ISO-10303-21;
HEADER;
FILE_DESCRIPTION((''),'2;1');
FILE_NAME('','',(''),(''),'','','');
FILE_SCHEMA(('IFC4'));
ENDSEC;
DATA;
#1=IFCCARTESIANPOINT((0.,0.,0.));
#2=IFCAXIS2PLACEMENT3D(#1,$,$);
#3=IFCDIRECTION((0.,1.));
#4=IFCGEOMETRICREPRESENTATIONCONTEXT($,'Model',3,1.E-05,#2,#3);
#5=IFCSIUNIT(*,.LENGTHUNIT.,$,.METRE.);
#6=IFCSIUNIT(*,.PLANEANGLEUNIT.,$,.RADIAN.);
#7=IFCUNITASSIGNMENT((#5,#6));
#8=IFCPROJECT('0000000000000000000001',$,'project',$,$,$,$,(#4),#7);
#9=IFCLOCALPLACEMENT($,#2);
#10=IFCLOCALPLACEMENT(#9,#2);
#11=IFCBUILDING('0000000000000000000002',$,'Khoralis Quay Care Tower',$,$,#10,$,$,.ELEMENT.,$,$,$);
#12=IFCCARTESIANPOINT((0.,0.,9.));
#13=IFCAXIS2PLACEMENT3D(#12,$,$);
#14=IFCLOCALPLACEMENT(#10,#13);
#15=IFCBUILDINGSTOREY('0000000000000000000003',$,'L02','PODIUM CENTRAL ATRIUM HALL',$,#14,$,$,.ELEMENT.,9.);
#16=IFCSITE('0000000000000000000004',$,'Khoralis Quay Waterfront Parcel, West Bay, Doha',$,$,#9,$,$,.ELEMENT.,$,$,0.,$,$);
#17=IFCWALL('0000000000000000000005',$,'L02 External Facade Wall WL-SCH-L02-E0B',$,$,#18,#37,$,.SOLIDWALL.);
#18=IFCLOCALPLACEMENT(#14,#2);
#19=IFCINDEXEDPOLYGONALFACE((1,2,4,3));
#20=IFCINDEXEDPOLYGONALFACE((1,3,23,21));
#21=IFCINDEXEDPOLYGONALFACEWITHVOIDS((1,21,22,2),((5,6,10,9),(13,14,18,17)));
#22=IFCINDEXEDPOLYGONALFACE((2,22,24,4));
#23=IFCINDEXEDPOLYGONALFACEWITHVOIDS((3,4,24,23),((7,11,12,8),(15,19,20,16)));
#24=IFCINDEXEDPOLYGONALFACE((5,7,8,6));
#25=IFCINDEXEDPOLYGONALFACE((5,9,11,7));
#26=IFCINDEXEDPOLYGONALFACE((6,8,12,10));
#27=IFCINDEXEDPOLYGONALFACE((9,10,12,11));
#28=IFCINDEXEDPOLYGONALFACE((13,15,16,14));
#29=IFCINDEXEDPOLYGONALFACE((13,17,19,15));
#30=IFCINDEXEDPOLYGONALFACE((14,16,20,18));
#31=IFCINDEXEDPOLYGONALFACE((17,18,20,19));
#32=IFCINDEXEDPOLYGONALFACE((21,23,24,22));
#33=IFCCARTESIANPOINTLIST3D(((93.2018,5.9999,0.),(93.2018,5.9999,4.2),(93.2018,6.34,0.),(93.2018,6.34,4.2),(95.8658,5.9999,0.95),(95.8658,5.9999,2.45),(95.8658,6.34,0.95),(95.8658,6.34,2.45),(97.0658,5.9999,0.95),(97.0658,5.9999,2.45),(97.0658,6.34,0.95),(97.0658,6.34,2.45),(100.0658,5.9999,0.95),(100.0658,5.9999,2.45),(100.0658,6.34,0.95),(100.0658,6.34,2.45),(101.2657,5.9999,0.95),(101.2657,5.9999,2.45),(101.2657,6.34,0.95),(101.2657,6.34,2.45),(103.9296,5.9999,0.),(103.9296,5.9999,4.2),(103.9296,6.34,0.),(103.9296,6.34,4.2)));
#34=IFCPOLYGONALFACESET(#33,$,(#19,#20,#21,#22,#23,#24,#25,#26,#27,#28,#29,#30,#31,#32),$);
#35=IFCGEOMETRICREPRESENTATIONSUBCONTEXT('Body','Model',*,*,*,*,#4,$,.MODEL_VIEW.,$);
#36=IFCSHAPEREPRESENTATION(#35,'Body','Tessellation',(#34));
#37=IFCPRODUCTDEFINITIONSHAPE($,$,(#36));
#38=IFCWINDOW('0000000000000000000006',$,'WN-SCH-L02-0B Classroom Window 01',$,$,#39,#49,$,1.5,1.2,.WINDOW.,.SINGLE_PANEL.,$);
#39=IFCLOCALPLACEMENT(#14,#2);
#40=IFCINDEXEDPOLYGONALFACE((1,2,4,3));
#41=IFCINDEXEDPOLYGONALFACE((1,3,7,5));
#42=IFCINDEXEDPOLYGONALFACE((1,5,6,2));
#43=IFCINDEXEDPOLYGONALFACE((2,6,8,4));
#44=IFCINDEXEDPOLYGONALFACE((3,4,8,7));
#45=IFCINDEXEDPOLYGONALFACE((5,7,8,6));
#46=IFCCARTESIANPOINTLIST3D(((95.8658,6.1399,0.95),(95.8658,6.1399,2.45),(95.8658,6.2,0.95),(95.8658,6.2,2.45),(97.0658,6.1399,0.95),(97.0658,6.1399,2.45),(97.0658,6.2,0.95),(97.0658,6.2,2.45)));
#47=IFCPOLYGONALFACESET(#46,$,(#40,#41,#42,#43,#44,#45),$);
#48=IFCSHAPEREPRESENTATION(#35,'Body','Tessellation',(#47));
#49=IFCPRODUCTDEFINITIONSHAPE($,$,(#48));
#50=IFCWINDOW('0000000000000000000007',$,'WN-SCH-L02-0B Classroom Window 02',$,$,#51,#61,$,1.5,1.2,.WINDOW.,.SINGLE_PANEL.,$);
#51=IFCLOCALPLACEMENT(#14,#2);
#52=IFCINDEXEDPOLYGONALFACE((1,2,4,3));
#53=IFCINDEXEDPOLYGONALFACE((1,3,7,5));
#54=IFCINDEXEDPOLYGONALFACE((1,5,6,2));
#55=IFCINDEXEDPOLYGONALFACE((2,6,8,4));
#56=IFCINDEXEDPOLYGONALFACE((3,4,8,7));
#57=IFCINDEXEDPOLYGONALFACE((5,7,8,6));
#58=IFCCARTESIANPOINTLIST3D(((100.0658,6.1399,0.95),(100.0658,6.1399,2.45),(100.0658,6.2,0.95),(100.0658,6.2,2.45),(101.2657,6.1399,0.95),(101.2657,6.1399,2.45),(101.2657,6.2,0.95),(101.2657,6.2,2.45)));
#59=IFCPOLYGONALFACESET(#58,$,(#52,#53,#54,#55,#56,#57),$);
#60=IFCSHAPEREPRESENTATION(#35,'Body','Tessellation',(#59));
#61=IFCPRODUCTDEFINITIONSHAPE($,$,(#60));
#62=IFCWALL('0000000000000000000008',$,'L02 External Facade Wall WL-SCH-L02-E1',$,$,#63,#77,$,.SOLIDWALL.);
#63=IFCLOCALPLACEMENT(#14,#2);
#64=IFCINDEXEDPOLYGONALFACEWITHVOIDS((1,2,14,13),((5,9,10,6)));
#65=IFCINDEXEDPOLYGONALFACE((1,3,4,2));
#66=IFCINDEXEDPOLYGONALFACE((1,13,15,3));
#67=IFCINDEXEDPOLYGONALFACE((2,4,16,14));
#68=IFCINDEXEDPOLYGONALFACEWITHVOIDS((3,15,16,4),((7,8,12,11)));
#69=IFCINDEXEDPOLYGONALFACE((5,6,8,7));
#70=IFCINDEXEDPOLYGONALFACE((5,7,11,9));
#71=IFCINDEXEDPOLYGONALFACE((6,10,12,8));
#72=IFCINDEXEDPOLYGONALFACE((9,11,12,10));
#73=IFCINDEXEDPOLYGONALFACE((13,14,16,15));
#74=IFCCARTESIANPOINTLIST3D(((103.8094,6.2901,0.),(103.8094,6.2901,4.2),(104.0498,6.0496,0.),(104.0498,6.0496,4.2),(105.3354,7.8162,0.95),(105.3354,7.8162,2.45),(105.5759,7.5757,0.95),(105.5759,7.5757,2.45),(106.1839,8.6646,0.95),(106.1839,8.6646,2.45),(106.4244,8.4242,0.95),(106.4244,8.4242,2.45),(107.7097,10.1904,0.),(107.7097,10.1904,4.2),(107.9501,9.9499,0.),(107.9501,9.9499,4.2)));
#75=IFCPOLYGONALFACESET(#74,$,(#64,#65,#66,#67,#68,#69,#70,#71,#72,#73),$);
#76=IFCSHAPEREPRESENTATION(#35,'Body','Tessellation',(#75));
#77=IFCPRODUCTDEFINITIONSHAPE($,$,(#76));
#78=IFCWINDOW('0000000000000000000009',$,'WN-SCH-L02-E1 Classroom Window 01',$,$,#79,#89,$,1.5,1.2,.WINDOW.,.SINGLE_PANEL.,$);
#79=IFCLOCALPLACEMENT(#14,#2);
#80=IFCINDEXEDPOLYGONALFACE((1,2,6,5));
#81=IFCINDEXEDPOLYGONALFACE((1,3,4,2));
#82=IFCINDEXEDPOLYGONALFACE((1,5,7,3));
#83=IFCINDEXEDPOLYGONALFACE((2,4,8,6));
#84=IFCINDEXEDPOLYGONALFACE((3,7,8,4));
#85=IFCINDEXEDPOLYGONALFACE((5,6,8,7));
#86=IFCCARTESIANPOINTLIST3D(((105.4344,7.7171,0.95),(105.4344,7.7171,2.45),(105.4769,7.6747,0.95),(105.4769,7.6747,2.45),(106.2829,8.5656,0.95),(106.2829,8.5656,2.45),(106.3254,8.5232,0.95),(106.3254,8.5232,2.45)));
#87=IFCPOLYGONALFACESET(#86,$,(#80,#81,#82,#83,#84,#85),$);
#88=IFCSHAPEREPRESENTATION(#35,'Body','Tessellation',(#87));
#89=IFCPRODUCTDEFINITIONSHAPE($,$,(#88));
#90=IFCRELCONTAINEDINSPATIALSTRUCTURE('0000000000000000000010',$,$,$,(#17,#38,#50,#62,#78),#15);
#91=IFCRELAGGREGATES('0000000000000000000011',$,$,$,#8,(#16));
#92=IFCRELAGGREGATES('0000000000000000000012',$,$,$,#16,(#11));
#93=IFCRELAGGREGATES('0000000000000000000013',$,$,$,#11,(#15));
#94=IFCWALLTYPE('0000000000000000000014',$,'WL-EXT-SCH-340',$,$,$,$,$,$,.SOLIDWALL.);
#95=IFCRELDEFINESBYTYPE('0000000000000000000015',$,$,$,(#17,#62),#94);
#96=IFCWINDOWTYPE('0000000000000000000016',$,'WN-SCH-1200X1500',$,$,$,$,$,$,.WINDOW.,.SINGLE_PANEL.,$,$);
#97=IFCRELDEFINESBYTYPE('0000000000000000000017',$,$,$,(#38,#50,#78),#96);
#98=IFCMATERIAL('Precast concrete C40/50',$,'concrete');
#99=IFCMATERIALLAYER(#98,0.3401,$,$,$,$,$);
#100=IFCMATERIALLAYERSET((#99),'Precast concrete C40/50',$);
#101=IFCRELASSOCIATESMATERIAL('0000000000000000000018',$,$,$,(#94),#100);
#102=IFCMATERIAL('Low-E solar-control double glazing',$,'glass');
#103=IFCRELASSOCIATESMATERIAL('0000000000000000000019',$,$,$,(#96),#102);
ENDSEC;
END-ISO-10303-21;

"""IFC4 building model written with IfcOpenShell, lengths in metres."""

from ifc_helpers import new_model, si_unit, direction, frame, frame_2d, origin, place, context, subcontext, project, spatial, rectangle, extrude, source, transform, mapped, material, layer, layer_set, type_object, element, fill, save


model = new_model("IFC4")

# Units and contexts
model_context = context("Model", 3, precision=1e-05, world=origin(), true_north=direction((0.0, 1.0)))
body_context = subcontext(model_context, "Body", "Model", "MODEL_VIEW")
ifc_project = project(units=[si_unit("LENGTHUNIT", "METRE"), si_unit("PLANEANGLEUNIT", "RADIAN")], contexts=[model_context])

# Site, building, storey
site_placement = place(None, origin())
site = spatial("IfcSite", under=ifc_project, at=site_placement, Name="Khoralis Quay Waterfront Parcel, West Bay, Doha", CompositionType="ELEMENT", RefElevation=0.0)
building_placement = place(site_placement, origin())
building = spatial("IfcBuilding", under=site, at=building_placement, Name="Khoralis Quay Care Tower", CompositionType="ELEMENT")
storey_placement = place(building_placement, frame((0.0, 0.0, 9.0)))
storey = spatial("IfcBuildingStorey", under=building, at=storey_placement, Name="L02", Description="PODIUM CENTRAL ATRIUM HALL", CompositionType="ELEMENT", Elevation=9.0)

# Wall, openings, windows
ifc_material_1 = material(Name="Precast concrete C40/50", Category="concrete")
ifc_layer_1 = layer(ifc_material_1, 0.3401)
ifc_layer_set_1 = layer_set([ifc_layer_1], Name="Precast concrete C40/50")
wall_type_1 = type_object("IfcWallType", Name="WL-EXT-SCH-340", PredefinedType="SOLIDWALL", material=ifc_layer_set_1)
wall_1_placement = place(storey_placement, frame((93.2019, 6.1699, 0.0), z_axis=(0.0, 0.0, 1.0), x_axis=(1.0, 0.0, 0.0)))
wall_1 = element("IfcWall", 1, at=wall_1_placement, inside=storey, type_object=wall_type_1, Name="L02 External Facade Wall WL-SCH-L02-E0B", PredefinedType="SOLIDWALL", context=body_context, shape_type="SweptSolid", body=[
    extrude(rectangle(XDim=10.7278, YDim=0.3401, at=frame_2d((5.3638, 0.0))), origin(), (0.0, 0.0, 1.0), 4.2),
])
opening_1_placement = place(wall_1_placement, frame((2.6638, 0.0, 0.95)))
opening_1 = element("IfcOpeningElement", 2, at=opening_1_placement, cuts=wall_1, PredefinedType="OPENING", context=body_context, shape_type="SweptSolid", body=[
    extrude(rectangle(XDim=1.2, YDim=1.5, at=frame_2d((0.6001, 0.75))), frame((0.0, 0.1802, 0.0), z_axis=(0.0, -1.0, 0.0), x_axis=(1.0, 0.0, 0.0)), (0.0, 0.0, 1.0), 0.3601),
])
opening_2_placement = place(wall_1_placement, frame((6.8638, 0.0, 0.95)))
opening_2 = element("IfcOpeningElement", 3, at=opening_2_placement, cuts=wall_1, PredefinedType="OPENING", context=body_context, shape_type="SweptSolid", body=[
    extrude(rectangle(XDim=1.2, YDim=1.5, at=frame_2d((0.6001, 0.75))), frame((0.0, 0.1802, 0.0), z_axis=(0.0, -1.0, 0.0), x_axis=(1.0, 0.0, 0.0)), (0.0, 0.0, 1.0), 0.3601),
])
ifc_material_2 = material(Name="Low-E solar-control double glazing", Category="glass")
window_type = type_object("IfcWindowType", Name="WN-SCH-1200X1500", PartitioningType="SINGLE_PANEL", PredefinedType="WINDOW", material=ifc_material_2)
shared_shape_1 = source(origin(), body_context, "Body", "SweptSolid", [
    extrude(rectangle(XDim=1.2, YDim=1.5, at=frame_2d((0.6001, 0.75))), frame((0.0, 0.03, 0.0), z_axis=(0.0, -1.0, 0.0), x_axis=(1.0, 0.0, 0.0)), (0.0, 0.0, 1.0), 0.0601),
])
window_1_placement = place(opening_1_placement, origin())
window_1 = element("IfcWindow", 4, at=window_1_placement, inside=storey, type_object=window_type, Name="WN-SCH-L02-0B Classroom Window 01", OverallHeight=1.5, OverallWidth=1.2, PartitioningType="SINGLE_PANEL", PredefinedType="WINDOW", context=body_context, shape_type="MappedRepresentation", body=[
    mapped(shared_shape_1, transform((0.0, 0.0, 0.0), scale=1.0)),
])
fill(opening_1, window_1)
window_2_placement = place(opening_2_placement, origin())
window_2 = element("IfcWindow", 5, at=window_2_placement, inside=storey, type_object=window_type, Name="WN-SCH-L02-0B Classroom Window 02", OverallHeight=1.5, OverallWidth=1.2, PartitioningType="SINGLE_PANEL", PredefinedType="WINDOW", context=body_context, shape_type="MappedRepresentation", body=[
    mapped(shared_shape_1, transform((0.0, 0.0, 0.0), scale=1.0)),
])
fill(opening_2, window_2)

# Wall, opening, window
wall_2_placement = place(storey_placement, frame((103.9297, 6.1699, 0.0), z_axis=(0.0, 0.0, 1.0), x_axis=(0.707107, 0.707107, 0.0)))
wall_2 = element("IfcWall", 6, at=wall_2_placement, inside=storey, type_object=wall_type_1, Name="L02 External Facade Wall WL-SCH-L02-E1", PredefinedType="SOLIDWALL", context=body_context, shape_type="SweptSolid", body=[
    extrude(rectangle(XDim=5.5159, YDim=0.3401, at=frame_2d((2.7578, 0.0))), origin(), (0.0, 0.0, 1.0), 4.2),
])
opening_3_placement = place(wall_2_placement, frame((2.158, 0.0, 0.95)))
opening_3 = element("IfcOpeningElement", 7, at=opening_3_placement, cuts=wall_2, PredefinedType="OPENING", context=body_context, shape_type="SweptSolid", body=[
    extrude(rectangle(XDim=1.2, YDim=1.5, at=frame_2d((0.6001, 0.75))), frame((0.0, 0.1802, 0.0), z_axis=(0.0, -1.0, 0.0), x_axis=(1.0, 0.0, 0.0)), (0.0, 0.0, 1.0), 0.3601),
])
window_3_placement = place(opening_3_placement, origin())
window_3 = element("IfcWindow", 8, at=window_3_placement, inside=storey, type_object=window_type, Name="WN-SCH-L02-E1 Classroom Window 01", OverallHeight=1.5, OverallWidth=1.2, PartitioningType="SINGLE_PANEL", PredefinedType="WINDOW", context=body_context, shape_type="MappedRepresentation", body=[
    mapped(shared_shape_1, transform((0.0, 0.0, 0.0), scale=1.0)),
])
fill(opening_3, window_3)

save(model, "model.ifc")
